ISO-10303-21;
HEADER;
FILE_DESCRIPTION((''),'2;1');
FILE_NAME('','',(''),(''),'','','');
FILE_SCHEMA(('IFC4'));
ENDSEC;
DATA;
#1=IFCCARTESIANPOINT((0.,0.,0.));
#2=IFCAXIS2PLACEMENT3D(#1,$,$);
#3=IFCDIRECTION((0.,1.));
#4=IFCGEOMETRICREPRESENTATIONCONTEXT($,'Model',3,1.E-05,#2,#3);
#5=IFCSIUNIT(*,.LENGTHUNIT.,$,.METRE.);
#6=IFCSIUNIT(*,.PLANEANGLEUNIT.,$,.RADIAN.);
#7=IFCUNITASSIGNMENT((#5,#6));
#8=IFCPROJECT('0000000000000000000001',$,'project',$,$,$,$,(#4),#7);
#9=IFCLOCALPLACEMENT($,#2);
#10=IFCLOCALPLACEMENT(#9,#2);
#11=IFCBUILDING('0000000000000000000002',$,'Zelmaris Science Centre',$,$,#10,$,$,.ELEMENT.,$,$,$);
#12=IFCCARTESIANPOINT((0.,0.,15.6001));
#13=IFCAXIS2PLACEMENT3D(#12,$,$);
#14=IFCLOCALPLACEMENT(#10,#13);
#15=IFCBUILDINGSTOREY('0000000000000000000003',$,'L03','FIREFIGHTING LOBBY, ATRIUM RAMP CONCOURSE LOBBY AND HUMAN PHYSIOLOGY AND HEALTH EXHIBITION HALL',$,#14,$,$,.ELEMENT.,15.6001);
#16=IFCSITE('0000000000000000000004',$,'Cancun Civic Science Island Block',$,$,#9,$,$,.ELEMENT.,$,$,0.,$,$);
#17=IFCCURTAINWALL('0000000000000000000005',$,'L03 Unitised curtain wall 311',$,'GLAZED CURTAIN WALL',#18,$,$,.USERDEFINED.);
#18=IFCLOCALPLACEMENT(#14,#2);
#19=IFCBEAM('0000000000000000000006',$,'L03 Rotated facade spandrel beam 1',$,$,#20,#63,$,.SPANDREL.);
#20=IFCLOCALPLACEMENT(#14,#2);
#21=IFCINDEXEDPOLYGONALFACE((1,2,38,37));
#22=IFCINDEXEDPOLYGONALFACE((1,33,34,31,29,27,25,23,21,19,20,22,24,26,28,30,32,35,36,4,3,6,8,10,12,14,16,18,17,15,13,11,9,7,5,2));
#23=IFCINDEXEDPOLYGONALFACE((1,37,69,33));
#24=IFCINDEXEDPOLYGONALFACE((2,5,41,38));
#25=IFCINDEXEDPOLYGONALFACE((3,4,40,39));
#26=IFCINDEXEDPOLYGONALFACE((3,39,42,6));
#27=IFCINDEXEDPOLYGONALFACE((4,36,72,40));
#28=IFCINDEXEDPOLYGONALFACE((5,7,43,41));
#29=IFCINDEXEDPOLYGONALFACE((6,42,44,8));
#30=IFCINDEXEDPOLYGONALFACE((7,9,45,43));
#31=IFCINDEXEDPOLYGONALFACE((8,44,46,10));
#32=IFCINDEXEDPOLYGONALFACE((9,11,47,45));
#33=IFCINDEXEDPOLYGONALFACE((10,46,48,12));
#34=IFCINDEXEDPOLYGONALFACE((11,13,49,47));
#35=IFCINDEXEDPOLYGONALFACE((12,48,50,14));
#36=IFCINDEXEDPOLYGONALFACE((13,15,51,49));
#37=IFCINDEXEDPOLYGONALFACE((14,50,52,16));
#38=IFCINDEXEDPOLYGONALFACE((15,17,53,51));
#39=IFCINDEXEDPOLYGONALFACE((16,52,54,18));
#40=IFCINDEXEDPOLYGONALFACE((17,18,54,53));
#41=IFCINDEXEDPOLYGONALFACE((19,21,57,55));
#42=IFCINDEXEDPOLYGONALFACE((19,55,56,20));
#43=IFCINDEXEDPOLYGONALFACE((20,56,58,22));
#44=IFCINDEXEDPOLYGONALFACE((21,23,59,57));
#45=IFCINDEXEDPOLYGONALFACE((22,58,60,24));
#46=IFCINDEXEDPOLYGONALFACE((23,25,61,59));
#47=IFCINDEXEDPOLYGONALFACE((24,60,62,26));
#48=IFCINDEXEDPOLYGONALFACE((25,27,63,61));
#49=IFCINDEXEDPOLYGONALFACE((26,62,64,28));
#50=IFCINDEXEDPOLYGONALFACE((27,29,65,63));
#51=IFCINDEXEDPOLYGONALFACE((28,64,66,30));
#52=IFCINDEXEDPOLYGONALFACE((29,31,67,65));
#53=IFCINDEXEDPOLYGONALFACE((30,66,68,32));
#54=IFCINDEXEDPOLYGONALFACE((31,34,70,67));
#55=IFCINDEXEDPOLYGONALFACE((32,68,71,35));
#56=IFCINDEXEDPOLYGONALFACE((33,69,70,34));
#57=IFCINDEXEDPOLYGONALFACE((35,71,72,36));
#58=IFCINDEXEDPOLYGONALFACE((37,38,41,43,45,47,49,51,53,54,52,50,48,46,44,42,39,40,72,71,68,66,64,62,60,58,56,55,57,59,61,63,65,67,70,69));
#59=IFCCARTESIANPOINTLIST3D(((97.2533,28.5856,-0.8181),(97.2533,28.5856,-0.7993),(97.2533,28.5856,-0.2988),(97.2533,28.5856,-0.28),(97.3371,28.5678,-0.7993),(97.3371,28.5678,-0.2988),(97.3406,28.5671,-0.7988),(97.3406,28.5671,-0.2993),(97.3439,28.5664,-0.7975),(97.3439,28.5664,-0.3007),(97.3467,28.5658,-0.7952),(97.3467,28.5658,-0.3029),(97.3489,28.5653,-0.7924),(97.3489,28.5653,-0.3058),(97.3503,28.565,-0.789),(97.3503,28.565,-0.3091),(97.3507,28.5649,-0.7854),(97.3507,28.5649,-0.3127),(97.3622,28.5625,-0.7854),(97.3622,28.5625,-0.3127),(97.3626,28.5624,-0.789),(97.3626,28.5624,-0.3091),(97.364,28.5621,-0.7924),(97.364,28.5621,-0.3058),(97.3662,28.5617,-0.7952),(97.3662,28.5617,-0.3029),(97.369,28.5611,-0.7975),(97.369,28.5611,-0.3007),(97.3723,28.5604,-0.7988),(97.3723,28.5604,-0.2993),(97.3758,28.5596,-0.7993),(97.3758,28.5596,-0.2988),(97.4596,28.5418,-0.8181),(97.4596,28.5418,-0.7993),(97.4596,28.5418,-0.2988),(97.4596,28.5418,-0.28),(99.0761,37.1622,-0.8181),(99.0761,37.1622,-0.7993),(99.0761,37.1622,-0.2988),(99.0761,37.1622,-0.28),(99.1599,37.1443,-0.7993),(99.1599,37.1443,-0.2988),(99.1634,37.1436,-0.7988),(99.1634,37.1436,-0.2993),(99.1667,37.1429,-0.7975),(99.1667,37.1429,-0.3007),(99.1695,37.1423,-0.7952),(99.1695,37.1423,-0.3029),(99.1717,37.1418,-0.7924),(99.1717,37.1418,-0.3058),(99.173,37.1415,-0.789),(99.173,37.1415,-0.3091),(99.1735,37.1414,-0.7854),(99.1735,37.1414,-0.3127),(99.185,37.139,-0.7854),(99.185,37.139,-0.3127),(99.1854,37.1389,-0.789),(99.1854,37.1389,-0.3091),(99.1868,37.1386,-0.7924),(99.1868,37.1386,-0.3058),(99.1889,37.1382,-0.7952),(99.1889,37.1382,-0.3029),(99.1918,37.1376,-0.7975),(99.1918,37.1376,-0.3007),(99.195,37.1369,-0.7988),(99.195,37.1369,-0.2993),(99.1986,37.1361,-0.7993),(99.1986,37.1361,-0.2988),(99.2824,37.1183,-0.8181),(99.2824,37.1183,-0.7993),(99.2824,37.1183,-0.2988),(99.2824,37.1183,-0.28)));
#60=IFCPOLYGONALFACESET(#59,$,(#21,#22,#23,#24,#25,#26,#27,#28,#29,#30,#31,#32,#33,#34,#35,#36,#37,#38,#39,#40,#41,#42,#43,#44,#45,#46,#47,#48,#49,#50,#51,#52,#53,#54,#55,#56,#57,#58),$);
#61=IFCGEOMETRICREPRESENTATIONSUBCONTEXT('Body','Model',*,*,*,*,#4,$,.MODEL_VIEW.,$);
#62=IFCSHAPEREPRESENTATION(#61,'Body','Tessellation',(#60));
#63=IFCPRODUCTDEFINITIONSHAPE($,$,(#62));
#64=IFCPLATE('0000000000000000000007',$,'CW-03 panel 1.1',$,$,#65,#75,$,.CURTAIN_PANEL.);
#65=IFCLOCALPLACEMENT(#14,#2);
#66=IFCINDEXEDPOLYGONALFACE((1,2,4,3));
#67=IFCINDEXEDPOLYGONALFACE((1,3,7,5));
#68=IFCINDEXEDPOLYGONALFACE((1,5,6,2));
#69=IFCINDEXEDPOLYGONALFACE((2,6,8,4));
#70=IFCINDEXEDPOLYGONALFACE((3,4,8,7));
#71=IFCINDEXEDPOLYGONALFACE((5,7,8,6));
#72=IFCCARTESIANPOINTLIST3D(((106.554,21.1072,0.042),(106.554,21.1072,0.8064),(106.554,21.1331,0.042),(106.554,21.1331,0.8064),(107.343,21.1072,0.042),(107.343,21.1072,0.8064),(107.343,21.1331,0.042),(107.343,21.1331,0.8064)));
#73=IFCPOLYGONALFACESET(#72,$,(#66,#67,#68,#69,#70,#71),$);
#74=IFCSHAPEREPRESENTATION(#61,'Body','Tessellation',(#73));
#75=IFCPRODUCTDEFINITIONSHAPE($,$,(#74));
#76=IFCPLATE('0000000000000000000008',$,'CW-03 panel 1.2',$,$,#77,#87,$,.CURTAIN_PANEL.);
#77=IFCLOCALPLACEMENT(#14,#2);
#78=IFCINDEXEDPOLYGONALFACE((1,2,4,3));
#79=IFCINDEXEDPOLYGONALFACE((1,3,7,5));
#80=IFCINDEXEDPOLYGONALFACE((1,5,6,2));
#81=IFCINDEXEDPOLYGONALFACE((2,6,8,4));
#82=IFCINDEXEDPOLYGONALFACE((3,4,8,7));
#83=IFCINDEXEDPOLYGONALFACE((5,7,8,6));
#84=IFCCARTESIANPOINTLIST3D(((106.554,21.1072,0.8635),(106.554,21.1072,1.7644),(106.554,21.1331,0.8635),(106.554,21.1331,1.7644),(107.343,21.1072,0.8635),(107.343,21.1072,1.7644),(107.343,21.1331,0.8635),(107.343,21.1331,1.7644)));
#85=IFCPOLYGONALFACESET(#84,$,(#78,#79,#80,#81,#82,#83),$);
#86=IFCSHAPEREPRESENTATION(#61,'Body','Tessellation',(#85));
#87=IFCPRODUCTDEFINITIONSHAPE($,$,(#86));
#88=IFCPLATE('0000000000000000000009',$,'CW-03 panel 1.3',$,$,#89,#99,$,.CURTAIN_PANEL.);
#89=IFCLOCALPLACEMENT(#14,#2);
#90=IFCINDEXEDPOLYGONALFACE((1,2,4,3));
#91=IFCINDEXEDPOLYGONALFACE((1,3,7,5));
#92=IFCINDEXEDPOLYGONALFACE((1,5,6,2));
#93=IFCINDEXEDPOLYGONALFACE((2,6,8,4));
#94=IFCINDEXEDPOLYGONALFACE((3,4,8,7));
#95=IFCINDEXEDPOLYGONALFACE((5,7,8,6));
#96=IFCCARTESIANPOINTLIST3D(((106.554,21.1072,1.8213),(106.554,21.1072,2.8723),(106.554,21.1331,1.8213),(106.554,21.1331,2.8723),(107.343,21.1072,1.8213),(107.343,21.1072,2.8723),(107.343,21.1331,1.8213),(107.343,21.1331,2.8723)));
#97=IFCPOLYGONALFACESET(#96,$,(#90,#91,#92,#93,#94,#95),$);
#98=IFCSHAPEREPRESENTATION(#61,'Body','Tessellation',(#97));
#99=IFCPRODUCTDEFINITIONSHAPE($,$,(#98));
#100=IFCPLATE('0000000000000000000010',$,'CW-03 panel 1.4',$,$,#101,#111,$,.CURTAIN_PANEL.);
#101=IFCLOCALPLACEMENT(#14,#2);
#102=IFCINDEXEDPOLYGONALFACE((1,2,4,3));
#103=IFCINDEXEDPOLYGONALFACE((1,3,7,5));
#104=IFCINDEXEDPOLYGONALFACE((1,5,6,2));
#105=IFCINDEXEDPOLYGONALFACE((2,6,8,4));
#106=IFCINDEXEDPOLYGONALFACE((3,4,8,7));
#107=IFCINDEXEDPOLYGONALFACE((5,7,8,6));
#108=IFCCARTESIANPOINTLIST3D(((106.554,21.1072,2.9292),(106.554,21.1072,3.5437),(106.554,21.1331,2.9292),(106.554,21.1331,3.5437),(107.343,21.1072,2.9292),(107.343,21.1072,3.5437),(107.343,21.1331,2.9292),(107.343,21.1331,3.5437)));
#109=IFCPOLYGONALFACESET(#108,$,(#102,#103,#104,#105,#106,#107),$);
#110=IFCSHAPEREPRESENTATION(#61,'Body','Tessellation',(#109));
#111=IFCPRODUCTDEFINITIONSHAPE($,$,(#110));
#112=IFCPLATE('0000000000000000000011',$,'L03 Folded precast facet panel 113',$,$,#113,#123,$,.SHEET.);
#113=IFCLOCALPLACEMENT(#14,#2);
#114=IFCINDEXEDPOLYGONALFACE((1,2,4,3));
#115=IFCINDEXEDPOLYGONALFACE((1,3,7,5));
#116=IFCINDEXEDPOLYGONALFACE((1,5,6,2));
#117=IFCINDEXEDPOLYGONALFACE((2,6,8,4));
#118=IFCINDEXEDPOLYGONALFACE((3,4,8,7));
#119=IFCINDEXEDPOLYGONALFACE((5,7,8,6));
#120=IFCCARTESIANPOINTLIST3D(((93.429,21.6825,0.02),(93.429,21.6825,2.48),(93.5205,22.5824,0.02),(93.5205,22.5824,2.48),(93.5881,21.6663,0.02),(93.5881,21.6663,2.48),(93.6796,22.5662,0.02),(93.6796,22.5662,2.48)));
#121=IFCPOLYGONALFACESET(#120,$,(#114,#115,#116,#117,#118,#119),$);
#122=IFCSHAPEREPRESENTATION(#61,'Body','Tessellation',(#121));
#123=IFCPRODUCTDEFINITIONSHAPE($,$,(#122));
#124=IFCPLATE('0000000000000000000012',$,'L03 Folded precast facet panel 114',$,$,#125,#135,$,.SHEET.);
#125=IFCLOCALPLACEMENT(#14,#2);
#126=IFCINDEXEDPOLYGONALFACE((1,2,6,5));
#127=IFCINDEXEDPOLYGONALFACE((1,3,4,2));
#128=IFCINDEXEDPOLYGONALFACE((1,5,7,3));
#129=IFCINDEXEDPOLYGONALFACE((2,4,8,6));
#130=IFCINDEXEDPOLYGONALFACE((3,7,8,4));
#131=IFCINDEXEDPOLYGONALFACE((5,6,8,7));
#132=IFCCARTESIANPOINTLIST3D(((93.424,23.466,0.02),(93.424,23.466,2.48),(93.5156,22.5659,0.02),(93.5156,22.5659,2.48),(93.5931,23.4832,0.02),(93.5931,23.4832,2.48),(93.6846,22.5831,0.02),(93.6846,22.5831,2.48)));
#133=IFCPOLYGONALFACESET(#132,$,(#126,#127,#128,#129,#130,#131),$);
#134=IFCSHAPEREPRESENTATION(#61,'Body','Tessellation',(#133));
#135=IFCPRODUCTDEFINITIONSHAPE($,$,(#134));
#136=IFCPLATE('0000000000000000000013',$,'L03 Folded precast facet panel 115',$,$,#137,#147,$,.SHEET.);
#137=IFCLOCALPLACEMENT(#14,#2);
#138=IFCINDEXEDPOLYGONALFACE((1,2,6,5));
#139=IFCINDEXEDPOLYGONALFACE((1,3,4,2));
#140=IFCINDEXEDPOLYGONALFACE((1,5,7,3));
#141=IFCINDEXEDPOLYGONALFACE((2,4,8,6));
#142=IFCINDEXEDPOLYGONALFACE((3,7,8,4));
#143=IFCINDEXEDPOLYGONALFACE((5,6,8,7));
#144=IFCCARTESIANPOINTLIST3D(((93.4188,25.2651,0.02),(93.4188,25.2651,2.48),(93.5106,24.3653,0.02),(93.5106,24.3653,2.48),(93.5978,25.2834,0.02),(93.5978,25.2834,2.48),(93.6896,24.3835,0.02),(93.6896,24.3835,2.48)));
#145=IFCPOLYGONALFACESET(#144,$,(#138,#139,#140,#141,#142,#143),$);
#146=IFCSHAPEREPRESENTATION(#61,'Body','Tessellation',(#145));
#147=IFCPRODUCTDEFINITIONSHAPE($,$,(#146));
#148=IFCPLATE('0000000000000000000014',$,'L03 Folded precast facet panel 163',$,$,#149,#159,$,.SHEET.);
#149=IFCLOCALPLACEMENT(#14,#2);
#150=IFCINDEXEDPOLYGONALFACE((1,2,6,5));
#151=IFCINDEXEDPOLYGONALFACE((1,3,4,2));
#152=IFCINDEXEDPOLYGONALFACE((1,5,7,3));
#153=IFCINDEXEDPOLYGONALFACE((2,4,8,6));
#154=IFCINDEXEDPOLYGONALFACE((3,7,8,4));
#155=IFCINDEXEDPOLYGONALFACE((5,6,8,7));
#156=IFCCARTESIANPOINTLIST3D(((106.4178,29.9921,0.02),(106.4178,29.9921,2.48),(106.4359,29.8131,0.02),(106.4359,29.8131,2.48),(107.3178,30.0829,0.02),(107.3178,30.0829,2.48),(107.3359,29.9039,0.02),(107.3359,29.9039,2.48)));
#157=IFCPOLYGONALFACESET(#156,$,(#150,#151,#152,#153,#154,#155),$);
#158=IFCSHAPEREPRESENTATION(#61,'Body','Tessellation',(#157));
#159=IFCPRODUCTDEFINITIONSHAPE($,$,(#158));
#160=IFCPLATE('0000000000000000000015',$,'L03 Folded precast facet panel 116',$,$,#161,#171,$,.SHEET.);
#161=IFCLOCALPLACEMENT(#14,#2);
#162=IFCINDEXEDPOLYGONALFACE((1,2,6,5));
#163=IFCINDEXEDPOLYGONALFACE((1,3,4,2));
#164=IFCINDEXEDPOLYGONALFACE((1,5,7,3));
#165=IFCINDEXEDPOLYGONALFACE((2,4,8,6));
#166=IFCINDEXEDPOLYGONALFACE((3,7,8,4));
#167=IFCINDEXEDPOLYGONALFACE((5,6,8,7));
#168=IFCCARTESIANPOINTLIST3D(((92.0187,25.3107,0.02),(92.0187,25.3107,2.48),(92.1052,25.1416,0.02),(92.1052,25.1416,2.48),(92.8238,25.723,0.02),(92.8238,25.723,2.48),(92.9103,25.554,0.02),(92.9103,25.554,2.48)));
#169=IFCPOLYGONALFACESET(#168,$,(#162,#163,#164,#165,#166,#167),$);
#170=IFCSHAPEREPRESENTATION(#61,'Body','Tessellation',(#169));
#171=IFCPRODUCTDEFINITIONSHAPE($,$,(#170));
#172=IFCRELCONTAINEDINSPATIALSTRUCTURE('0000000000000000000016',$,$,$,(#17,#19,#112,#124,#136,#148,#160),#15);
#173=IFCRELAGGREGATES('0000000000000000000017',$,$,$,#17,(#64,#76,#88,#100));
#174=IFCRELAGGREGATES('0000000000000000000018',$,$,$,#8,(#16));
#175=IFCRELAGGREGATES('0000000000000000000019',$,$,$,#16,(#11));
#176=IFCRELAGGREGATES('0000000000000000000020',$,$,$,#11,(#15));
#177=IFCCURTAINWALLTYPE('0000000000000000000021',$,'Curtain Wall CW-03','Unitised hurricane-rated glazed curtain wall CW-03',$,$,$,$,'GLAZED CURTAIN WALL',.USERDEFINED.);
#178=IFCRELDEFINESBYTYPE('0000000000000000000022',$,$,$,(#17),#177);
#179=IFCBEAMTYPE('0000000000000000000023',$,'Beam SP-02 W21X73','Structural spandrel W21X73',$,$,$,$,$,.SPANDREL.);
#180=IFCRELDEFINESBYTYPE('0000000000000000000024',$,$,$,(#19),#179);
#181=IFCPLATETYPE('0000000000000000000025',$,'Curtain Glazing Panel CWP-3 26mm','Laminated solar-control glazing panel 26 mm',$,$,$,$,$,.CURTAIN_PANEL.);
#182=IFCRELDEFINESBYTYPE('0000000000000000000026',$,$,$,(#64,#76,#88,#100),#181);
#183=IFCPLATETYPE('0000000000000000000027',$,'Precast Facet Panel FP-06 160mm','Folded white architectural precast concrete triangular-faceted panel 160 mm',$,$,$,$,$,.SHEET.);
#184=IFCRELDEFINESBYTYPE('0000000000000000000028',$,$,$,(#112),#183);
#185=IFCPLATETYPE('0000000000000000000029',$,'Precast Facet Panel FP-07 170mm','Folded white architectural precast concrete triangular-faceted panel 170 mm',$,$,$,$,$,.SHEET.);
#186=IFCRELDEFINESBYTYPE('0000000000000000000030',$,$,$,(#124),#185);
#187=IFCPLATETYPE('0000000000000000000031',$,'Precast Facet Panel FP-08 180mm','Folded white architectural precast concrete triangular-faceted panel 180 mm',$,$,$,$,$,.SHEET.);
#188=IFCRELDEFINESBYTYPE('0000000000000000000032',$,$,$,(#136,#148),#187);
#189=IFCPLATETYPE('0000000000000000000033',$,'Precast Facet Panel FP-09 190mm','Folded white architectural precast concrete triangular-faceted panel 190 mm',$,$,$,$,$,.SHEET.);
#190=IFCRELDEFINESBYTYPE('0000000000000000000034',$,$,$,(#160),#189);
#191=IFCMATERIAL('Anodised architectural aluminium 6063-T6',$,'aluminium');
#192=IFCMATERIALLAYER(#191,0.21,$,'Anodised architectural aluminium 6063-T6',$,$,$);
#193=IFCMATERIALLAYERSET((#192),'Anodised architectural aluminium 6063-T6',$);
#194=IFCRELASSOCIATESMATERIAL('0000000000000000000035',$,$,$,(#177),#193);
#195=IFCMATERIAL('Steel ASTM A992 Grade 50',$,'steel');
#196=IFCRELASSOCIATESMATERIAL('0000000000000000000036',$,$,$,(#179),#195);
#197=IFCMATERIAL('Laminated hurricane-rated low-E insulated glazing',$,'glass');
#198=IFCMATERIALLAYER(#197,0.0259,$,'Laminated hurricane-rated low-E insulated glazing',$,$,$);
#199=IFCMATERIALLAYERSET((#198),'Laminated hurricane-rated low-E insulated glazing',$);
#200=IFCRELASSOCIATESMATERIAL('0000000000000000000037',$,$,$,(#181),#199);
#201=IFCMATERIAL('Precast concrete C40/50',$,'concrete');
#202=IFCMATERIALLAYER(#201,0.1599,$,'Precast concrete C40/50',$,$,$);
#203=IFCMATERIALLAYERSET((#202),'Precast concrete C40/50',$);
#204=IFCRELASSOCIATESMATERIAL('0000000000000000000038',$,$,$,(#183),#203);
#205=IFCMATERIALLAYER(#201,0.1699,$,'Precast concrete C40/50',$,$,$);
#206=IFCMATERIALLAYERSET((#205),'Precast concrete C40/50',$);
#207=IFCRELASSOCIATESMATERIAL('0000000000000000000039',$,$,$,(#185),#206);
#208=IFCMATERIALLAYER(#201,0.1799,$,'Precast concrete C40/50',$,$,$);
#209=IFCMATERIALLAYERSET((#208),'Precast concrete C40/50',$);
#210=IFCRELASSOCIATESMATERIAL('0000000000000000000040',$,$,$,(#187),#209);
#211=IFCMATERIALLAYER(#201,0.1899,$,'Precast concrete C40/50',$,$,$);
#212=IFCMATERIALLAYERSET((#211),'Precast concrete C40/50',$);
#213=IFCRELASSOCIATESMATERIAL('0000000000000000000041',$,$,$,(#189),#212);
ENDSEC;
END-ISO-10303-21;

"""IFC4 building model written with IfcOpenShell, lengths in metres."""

from ifc_helpers import new_model, si_unit, direction, frame, frame_2d, origin, origin_2d, place, context, subcontext, project, spatial, rectangle, i_section, extrude, material, layer, layer_set, material_profile, profile_set, type_object, element, aggregate, save


model = new_model("IFC4")

# Units and contexts
model_context = context("Model", 3, precision=1e-05, world=origin(), true_north=direction((0.0, 1.0)))
body_context = subcontext(model_context, "Body", "Model", "MODEL_VIEW")
ifc_project = project(units=[si_unit("LENGTHUNIT", "METRE"), si_unit("PLANEANGLEUNIT", "RADIAN")], contexts=[model_context])

# Site, building, storey
site_placement = place(None, origin())
site = spatial("IfcSite", under=ifc_project, at=site_placement, Name="Cancun Civic Science Island Block", CompositionType="ELEMENT", RefElevation=0.0)
building_placement = place(site_placement, origin())
building = spatial("IfcBuilding", under=site, at=building_placement, Name="Zelmaris Science Centre", CompositionType="ELEMENT")
storey_placement = place(building_placement, frame((0.0, 0.0, 15.6001)))
storey = spatial("IfcBuildingStorey", under=building, at=storey_placement, Name="L03", Description="FIREFIGHTING LOBBY, ATRIUM RAMP CONCOURSE LOBBY AND HUMAN PHYSIOLOGY AND HEALTH EXHIBITION HALL", CompositionType="ELEMENT", Elevation=15.6001)

# Curtain wall
ifc_material_1 = material(Name="Anodised architectural aluminium 6063-T6", Category="aluminium")
ifc_layer_1 = layer(ifc_material_1, 0.21, Name="Anodised architectural aluminium 6063-T6")
ifc_layer_set_1 = layer_set([ifc_layer_1], Name="Anodised architectural aluminium 6063-T6")
curtain_wall_type = type_object("IfcCurtainWallType", Name="Curtain Wall CW-03", Description="Unitised hurricane-rated glazed curtain wall CW-03", ElementType="GLAZED CURTAIN WALL", PredefinedType="USERDEFINED", material=ifc_layer_set_1)
curtain_wall_placement = place(storey_placement, origin())
curtain_wall = element("IfcCurtainWall", 1, at=curtain_wall_placement, inside=storey, type_object=curtain_wall_type, Name="L03 Unitised curtain wall 311", ObjectType="GLAZED CURTAIN WALL", PredefinedType="USERDEFINED")

# Beam
ifc_material_2 = material(Name="Steel ASTM A992 Grade 50", Category="steel")
ifc_material_profile_1 = material_profile(ifc_material_2, i_section(OverallWidth=0.2109, OverallDepth=0.5381, WebThickness=0.0117, FlangeThickness=0.0188, FilletRadius=0.0139, at=origin_2d()), Name="W21X73")
ifc_profile_set_1 = profile_set([ifc_material_profile_1], Name="Steel ASTM A992 Grade 50")
beam_type_1 = type_object("IfcBeamType", Name="Beam SP-02 W21X73", Description="Structural spandrel W21X73", PredefinedType="SPANDREL", material=ifc_profile_set_1)
beam_1_placement = place(storey_placement, frame((97.3564, 28.5637, -0.5491), z_axis=(0.207888, 0.978153, 0.0), x_axis=(-0.978153, 0.207888, 0.0)))
element("IfcBeam", 2, at=beam_1_placement, inside=storey, type_object=beam_type_1, Name="L03 Rotated facade spandrel beam 1", PredefinedType="SPANDREL", context=body_context, shape_type="SweptSolid", body=[
    extrude(i_section(OverallWidth=0.2109, OverallDepth=0.5381, WebThickness=0.0117, FlangeThickness=0.0188, FilletRadius=0.0139, at=origin_2d()), origin(), (0.0, 0.0, 1.0), 8.7681),
])

# Plates
ifc_material_3 = material(Name="Laminated hurricane-rated low-E insulated glazing", Category="glass")
ifc_layer_2 = layer(ifc_material_3, 0.0259, Name="Laminated hurricane-rated low-E insulated glazing")
ifc_layer_set_2 = layer_set([ifc_layer_2], Name="Laminated hurricane-rated low-E insulated glazing")
plate_type_1 = type_object("IfcPlateType", Name="Curtain Glazing Panel CWP-3 26mm", Description="Laminated solar-control glazing panel 26 mm", PredefinedType="CURTAIN_PANEL", material=ifc_layer_set_2)
plate_1_placement = place(storey_placement, frame((106.9485, 21.1201, 0.042), z_axis=(0.0, 0.0, 1.0), x_axis=(-1.0, 0.0, 0.0)))
plate_1 = element("IfcPlate", 3, at=plate_1_placement, type_object=plate_type_1, Name="CW-03 panel 1.1", PredefinedType="CURTAIN_PANEL", context=body_context, shape_type="SweptSolid", body=[
    extrude(rectangle(XDim=0.7891, YDim=0.0259, at=origin_2d()), origin(), (0.0, 0.0, 1.0), 0.7644),
])
plate_2_placement = place(storey_placement, frame((106.9485, 21.1201, 0.8635), z_axis=(0.0, 0.0, 1.0), x_axis=(-1.0, 0.0, 0.0)))
plate_2 = element("IfcPlate", 4, at=plate_2_placement, type_object=plate_type_1, Name="CW-03 panel 1.2", PredefinedType="CURTAIN_PANEL", context=body_context, shape_type="SweptSolid", body=[
    extrude(rectangle(XDim=0.7891, YDim=0.0259, at=origin_2d()), origin(), (0.0, 0.0, 1.0), 0.9009),
])
plate_3_placement = place(storey_placement, frame((106.9485, 21.1201, 1.8213), z_axis=(0.0, 0.0, 1.0), x_axis=(-1.0, 0.0, 0.0)))
plate_3 = element("IfcPlate", 5, at=plate_3_placement, type_object=plate_type_1, Name="CW-03 panel 1.3", PredefinedType="CURTAIN_PANEL", context=body_context, shape_type="SweptSolid", body=[
    extrude(rectangle(XDim=0.7891, YDim=0.0259, at=origin_2d()), origin(), (0.0, 0.0, 1.0), 1.051),
])
plate_4_placement = place(storey_placement, frame((106.9485, 21.1201, 2.9292), z_axis=(0.0, 0.0, 1.0), x_axis=(-1.0, 0.0, 0.0)))
plate_4 = element("IfcPlate", 6, at=plate_4_placement, type_object=plate_type_1, Name="CW-03 panel 1.4", PredefinedType="CURTAIN_PANEL", context=body_context, shape_type="SweptSolid", body=[
    extrude(rectangle(XDim=0.7891, YDim=0.0259, at=origin_2d()), origin(), (0.0, 0.0, 1.0), 0.6145),
])
aggregate(curtain_wall, [plate_1, plate_2, plate_3, plate_4])

# Plates
ifc_material_4 = material(Name="Precast concrete C40/50", Category="concrete")
ifc_layer_3 = layer(ifc_material_4, 0.1599, Name="Precast concrete C40/50")
ifc_layer_set_3 = layer_set([ifc_layer_3], Name="Precast concrete C40/50")
plate_type_2 = type_object("IfcPlateType", Name="Precast Facet Panel FP-06 160mm", Description="Folded white architectural precast concrete triangular-faceted panel 160 mm", PredefinedType="SHEET", material=ifc_layer_set_3)
plate_5_placement = place(storey_placement, frame((93.5085, 21.6746, 0.02), z_axis=(0.0, 0.0, 1.0), x_axis=(0.101214, 0.994865, 0.0)))
element("IfcPlate", 7, at=plate_5_placement, inside=storey, type_object=plate_type_2, Name="L03 Folded precast facet panel 113", PredefinedType="SHEET", context=body_context, shape_type="SweptSolid", body=[
    extrude(rectangle(XDim=0.9045, YDim=0.1599, at=frame_2d((0.4521, 0.0))), origin(), (0.0, 0.0, 1.0), 2.46),
])
ifc_layer_4 = layer(ifc_material_4, 0.1699, Name="Precast concrete C40/50")
ifc_layer_set_4 = layer_set([ifc_layer_4], Name="Precast concrete C40/50")
plate_type_3 = type_object("IfcPlateType", Name="Precast Facet Panel FP-07 170mm", Description="Folded white architectural precast concrete triangular-faceted panel 170 mm", PredefinedType="SHEET", material=ifc_layer_set_4)
plate_6_placement = place(storey_placement, frame((93.6001, 22.5745, 0.02), z_axis=(0.0, 0.0, 1.0), x_axis=(-0.101187, 0.994867, 0.0)))
element("IfcPlate", 8, at=plate_6_placement, inside=storey, type_object=plate_type_3, Name="L03 Folded precast facet panel 114", PredefinedType="SHEET", context=body_context, shape_type="SweptSolid", body=[
    extrude(rectangle(XDim=0.9048, YDim=0.1699, at=frame_2d((0.4524, 0.0))), origin(), (0.0, 0.0, 1.0), 2.46),
])
ifc_layer_5 = layer(ifc_material_4, 0.1799, Name="Precast concrete C40/50")
ifc_layer_set_5 = layer_set([ifc_layer_5], Name="Precast concrete C40/50")
plate_type_4 = type_object("IfcPlateType", Name="Precast Facet Panel FP-08 180mm", Description="Folded white architectural precast concrete triangular-faceted panel 180 mm", PredefinedType="SHEET", material=ifc_layer_set_5)
for number, where, z_axis, x_axis, name in (
    (9, (93.6001, 24.3745, 0.02), (0.0, 0.0, 1.0), (-0.101481, 0.994837, 0.0), "L03 Folded precast facet panel 115"),
    (10, (106.427, 29.9026, 0.02), (0.0, 0.0, 1.0), (0.994946, 0.100412, 0.0), "L03 Folded precast facet panel 163"),
):
    element("IfcPlate", number, at=place(storey_placement, frame(where, z_axis=z_axis, x_axis=x_axis)), inside=storey, type_object=plate_type_4, Name=name, PredefinedType="SHEET", context=body_context, shape_type="SweptSolid", body=[
        extrude(rectangle(XDim=0.9045, YDim=0.1799, at=frame_2d((0.4521, 0.0))), origin(), (0.0, 0.0, 1.0), 2.46),
    ])
ifc_layer_6 = layer(ifc_material_4, 0.1899, Name="Precast concrete C40/50")
ifc_layer_set_6 = layer_set([ifc_layer_6], Name="Precast concrete C40/50")
plate_type_5 = type_object("IfcPlateType", Name="Precast Facet Panel FP-09 190mm", Description="Folded white architectural precast concrete triangular-faceted panel 190 mm", PredefinedType="SHEET", material=ifc_layer_set_6)
plate_7_placement = place(storey_placement, frame((92.8669, 25.6384, 0.02), z_axis=(0.0, 0.0, 1.0), x_axis=(-0.890067, -0.455829, 0.0)))
element("IfcPlate", 11, at=plate_7_placement, inside=storey, type_object=plate_type_5, Name="L03 Folded precast facet panel 116", PredefinedType="SHEET", context=body_context, shape_type="SweptSolid", body=[
    extrude(rectangle(XDim=0.9045, YDim=0.1899, at=frame_2d((0.4521, 0.0))), origin(), (0.0, 0.0, 1.0), 2.46),
])

save(model, "model.ifc")
